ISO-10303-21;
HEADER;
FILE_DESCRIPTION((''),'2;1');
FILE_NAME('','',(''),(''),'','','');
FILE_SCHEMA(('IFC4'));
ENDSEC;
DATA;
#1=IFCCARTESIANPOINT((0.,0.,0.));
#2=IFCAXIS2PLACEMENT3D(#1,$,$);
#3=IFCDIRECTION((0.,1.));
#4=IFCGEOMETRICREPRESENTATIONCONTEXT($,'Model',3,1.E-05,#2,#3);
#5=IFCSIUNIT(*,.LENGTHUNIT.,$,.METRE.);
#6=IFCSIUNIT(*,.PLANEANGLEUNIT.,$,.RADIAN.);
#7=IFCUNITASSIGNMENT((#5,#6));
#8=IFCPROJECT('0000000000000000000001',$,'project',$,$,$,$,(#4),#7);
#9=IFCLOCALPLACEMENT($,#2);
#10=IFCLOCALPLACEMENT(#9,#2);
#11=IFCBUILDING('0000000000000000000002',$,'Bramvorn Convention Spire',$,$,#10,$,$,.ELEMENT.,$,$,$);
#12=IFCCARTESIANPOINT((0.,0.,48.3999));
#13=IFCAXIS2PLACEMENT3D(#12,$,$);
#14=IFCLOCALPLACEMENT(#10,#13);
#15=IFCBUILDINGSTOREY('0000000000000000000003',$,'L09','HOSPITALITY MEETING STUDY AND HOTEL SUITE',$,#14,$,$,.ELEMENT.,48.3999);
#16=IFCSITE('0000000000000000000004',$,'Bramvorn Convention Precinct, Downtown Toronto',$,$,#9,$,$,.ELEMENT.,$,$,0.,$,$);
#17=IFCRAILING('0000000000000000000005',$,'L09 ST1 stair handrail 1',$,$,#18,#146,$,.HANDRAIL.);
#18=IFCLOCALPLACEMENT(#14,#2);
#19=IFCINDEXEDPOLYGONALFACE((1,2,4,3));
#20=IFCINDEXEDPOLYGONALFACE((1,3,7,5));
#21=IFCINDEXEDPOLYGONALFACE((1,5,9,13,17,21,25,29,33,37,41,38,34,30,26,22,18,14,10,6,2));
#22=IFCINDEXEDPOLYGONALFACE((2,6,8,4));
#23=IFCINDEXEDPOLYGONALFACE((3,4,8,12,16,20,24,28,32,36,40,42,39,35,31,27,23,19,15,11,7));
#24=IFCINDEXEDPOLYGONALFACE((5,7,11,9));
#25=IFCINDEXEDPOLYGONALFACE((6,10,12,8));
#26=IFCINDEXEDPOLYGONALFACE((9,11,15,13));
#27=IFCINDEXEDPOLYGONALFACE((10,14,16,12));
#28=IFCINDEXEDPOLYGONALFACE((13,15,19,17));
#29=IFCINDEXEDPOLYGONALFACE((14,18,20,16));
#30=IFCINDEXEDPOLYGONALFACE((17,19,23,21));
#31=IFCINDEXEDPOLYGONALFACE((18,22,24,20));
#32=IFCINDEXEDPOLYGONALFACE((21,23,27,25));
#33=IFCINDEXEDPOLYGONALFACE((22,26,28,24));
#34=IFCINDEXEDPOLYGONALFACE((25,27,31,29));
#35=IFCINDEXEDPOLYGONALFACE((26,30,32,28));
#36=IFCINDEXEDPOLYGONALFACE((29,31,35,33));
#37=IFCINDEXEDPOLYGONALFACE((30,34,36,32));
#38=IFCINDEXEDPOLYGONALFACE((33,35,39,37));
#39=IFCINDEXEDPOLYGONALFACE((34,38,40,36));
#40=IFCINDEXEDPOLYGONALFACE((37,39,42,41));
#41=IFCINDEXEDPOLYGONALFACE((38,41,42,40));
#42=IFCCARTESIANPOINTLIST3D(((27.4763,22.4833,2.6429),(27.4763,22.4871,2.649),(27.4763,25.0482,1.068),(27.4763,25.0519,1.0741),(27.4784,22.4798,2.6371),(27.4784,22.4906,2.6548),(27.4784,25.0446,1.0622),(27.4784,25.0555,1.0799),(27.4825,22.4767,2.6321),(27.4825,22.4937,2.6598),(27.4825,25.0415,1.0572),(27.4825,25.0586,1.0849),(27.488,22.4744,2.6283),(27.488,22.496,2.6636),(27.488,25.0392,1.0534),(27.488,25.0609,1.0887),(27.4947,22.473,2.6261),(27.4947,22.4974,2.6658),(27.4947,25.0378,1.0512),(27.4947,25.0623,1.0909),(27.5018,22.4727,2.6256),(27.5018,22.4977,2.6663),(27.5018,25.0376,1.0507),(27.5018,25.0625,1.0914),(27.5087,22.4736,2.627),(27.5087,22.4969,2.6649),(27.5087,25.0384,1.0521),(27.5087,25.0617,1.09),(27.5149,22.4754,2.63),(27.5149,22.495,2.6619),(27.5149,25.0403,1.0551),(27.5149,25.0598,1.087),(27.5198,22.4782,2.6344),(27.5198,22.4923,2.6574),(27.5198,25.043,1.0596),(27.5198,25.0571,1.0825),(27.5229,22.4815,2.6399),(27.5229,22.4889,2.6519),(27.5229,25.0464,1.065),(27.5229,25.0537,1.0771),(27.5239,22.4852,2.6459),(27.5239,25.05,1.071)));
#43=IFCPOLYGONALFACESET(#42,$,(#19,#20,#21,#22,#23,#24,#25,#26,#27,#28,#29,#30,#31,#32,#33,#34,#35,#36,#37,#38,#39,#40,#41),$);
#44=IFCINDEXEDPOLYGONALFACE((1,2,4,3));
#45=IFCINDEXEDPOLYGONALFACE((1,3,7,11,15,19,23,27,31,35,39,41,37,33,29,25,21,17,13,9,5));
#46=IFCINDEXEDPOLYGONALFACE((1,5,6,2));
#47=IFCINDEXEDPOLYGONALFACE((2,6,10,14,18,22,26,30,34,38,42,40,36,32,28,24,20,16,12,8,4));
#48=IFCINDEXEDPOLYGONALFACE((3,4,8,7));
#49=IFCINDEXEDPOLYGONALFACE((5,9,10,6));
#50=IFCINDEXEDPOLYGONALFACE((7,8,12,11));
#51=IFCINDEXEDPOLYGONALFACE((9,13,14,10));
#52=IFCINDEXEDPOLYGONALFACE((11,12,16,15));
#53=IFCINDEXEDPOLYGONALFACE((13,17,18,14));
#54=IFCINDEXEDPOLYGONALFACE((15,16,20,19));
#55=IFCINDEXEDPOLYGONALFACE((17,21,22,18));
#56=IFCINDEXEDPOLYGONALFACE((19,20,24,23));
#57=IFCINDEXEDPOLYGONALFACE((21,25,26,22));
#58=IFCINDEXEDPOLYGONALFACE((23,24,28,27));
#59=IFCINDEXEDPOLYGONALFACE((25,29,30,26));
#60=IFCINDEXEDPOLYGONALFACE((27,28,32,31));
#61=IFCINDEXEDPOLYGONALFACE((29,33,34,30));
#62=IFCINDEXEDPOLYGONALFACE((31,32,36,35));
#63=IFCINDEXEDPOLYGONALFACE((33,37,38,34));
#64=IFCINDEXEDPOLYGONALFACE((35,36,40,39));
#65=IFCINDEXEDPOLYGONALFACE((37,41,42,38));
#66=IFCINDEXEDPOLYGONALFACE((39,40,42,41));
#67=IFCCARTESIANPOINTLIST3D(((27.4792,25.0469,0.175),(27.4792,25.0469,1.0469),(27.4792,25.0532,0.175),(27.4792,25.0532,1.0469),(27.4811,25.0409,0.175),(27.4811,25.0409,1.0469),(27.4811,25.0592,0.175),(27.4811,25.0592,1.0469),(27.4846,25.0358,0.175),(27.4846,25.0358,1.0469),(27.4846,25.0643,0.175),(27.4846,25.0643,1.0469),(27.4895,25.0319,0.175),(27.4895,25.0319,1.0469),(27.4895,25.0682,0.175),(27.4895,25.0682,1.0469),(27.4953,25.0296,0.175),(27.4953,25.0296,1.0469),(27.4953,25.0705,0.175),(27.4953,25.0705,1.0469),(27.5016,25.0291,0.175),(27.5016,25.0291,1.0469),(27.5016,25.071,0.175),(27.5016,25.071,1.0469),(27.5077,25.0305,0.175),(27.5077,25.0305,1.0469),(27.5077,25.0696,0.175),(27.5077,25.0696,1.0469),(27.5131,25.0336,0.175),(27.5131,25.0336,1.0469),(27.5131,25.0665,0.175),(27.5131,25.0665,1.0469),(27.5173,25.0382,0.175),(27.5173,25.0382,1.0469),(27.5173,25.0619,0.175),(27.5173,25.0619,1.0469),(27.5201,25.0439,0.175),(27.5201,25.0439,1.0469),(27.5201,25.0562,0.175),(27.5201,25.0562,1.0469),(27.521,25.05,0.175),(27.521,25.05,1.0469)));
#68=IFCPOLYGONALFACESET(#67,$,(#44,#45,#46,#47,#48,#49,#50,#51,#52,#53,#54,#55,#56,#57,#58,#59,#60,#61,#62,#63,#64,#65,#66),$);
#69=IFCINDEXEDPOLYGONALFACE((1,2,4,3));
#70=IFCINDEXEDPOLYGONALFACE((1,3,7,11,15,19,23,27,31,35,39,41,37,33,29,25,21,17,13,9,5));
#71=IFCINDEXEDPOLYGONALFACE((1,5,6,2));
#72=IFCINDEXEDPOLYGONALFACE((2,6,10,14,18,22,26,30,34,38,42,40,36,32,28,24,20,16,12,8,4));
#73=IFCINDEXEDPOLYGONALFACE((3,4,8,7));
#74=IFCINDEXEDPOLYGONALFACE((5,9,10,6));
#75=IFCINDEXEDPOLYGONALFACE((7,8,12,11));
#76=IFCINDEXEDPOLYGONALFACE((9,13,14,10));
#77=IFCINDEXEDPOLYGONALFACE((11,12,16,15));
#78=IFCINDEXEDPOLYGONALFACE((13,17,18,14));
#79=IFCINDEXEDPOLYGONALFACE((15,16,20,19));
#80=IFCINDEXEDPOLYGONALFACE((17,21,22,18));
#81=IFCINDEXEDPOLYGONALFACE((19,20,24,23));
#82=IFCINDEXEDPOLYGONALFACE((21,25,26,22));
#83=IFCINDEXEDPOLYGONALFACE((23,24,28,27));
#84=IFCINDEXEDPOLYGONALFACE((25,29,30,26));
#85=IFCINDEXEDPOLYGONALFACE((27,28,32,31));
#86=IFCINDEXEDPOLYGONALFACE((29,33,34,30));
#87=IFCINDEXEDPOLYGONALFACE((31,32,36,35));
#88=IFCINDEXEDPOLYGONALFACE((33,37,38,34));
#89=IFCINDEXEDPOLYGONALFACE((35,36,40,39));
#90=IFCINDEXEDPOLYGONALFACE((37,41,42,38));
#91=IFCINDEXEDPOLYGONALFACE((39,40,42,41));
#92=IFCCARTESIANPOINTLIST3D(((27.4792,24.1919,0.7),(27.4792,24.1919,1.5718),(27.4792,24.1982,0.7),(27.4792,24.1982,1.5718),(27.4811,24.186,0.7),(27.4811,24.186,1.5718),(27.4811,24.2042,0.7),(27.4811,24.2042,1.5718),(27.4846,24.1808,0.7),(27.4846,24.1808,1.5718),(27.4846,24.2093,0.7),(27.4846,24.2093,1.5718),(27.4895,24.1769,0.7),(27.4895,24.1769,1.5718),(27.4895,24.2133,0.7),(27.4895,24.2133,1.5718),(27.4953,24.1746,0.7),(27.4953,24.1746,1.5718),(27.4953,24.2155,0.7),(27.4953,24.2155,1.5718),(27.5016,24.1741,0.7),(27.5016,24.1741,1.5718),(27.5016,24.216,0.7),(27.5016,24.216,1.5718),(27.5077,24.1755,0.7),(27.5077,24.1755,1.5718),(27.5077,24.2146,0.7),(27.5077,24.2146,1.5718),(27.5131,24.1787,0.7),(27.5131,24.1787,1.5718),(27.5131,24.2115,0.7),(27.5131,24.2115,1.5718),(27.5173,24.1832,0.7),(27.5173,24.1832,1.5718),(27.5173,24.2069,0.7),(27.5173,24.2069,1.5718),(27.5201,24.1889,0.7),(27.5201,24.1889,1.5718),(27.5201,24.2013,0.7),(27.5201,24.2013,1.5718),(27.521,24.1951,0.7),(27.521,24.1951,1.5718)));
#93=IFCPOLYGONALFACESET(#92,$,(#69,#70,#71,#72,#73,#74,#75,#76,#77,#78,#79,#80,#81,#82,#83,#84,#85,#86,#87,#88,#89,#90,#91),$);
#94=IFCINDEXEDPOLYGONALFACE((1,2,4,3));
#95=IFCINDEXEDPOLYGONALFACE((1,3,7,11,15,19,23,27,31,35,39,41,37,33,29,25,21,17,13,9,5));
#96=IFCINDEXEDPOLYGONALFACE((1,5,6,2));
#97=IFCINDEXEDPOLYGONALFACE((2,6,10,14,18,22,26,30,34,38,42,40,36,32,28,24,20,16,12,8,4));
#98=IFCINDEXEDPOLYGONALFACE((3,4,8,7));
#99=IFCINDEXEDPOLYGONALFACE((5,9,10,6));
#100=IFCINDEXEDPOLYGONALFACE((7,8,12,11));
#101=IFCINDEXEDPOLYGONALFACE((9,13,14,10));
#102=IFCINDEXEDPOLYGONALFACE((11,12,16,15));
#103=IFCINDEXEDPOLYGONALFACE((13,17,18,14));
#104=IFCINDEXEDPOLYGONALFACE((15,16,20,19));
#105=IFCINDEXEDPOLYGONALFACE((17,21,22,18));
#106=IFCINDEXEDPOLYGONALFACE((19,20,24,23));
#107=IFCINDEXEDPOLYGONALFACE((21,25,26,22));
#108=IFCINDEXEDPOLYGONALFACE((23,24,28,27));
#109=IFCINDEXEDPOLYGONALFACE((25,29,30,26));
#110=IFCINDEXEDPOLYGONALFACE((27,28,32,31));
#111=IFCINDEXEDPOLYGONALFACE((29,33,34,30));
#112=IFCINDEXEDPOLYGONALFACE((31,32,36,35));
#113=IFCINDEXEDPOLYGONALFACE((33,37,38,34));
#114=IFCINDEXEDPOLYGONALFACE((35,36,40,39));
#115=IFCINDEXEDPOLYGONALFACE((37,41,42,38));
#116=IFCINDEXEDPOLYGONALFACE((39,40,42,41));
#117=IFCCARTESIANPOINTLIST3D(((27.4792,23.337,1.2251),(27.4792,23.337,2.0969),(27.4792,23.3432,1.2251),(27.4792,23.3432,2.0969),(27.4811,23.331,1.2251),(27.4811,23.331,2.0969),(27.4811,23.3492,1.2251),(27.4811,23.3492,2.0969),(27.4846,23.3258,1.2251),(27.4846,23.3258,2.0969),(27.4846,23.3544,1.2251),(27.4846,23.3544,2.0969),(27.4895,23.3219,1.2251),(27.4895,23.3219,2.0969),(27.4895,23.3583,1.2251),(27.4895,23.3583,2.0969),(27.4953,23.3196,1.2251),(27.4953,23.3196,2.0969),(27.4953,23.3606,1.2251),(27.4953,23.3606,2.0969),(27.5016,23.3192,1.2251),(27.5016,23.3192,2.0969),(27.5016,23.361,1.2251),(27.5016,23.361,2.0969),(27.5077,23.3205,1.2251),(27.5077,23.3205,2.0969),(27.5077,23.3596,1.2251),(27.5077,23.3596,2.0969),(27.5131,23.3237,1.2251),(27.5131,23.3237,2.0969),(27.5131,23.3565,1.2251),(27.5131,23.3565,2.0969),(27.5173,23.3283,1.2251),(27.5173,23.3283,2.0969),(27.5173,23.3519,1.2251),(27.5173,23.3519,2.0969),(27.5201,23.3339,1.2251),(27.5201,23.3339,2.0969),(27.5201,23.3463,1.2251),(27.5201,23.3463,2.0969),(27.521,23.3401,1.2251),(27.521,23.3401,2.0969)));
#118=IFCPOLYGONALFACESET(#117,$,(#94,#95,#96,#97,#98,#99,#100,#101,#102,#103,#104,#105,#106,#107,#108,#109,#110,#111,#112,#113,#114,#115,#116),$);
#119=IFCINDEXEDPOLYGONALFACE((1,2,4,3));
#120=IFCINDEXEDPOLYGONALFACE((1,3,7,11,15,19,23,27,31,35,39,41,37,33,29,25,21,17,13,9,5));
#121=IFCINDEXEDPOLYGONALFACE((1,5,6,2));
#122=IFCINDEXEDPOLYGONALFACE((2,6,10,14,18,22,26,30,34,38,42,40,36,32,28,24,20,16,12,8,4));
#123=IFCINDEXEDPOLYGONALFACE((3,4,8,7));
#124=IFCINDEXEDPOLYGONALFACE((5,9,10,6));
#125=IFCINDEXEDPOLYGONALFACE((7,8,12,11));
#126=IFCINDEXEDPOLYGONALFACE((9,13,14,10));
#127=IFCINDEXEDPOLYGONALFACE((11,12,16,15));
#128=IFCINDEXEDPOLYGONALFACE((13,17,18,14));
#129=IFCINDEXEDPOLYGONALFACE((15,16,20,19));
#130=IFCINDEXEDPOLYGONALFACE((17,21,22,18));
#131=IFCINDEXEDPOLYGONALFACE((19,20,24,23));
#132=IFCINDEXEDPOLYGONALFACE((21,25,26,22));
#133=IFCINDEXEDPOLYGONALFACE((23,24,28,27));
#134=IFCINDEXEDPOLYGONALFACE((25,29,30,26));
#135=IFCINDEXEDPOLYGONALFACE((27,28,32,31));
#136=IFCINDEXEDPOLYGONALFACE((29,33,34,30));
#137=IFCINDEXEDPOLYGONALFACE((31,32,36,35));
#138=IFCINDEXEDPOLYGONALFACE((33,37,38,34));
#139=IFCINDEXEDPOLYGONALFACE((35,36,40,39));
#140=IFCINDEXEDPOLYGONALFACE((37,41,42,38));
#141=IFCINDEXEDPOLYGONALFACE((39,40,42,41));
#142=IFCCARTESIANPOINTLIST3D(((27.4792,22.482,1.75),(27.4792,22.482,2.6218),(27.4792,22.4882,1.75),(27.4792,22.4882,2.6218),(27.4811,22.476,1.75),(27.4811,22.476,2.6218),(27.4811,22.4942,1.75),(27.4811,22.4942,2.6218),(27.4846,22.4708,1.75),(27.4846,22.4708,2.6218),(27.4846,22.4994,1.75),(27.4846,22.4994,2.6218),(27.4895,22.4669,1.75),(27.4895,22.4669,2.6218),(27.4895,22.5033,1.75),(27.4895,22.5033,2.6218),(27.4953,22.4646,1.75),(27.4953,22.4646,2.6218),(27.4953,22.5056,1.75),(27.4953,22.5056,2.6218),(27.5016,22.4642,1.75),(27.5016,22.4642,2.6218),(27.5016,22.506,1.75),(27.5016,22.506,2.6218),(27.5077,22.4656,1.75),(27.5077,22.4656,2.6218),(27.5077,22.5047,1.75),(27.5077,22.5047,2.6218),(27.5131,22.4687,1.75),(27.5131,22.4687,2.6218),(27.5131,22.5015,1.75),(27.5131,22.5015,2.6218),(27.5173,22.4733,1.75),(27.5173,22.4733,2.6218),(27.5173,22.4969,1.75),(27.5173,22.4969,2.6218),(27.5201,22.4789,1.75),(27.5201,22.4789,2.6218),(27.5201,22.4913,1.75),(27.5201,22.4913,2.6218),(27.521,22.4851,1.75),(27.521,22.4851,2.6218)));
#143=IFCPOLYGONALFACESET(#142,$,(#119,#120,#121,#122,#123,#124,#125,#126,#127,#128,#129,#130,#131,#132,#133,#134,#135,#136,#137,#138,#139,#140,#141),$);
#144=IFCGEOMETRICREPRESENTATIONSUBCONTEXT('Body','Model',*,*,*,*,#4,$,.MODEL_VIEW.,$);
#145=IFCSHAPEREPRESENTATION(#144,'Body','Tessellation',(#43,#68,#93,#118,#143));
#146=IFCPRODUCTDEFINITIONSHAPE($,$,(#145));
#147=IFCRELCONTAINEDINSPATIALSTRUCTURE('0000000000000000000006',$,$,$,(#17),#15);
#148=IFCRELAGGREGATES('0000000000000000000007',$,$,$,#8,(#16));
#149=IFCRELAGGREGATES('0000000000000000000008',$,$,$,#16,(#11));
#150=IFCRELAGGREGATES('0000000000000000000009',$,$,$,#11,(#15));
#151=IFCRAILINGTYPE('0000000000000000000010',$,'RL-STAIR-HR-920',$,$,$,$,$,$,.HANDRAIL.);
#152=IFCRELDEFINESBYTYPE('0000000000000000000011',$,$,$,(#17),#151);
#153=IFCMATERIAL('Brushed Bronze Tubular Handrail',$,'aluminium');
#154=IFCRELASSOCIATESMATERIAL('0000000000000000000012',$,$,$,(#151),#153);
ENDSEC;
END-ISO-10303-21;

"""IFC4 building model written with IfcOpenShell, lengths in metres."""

from ifc_helpers import new_model, si_unit, direction, frame, origin, origin_2d, place, context, subcontext, project, spatial, circle, extrude, material, type_object, element, save


model = new_model("IFC4")

# Units and contexts
model_context = context("Model", 3, precision=1e-05, world=origin(), true_north=direction((0.0, 1.0)))
body_context = subcontext(model_context, "Body", "Model", "MODEL_VIEW")
ifc_project = project(units=[si_unit("LENGTHUNIT", "METRE"), si_unit("PLANEANGLEUNIT", "RADIAN")], contexts=[model_context])

# Site, building, storey
site_placement = place(None, origin())
site = spatial("IfcSite", under=ifc_project, at=site_placement, Name="Bramvorn Convention Precinct, Downtown Toronto", CompositionType="ELEMENT", RefElevation=0.0)
building_placement = place(site_placement, origin())
building = spatial("IfcBuilding", under=site, at=building_placement, Name="Bramvorn Convention Spire", CompositionType="ELEMENT")
storey_placement = place(building_placement, frame((0.0, 0.0, 48.3999)))
storey = spatial("IfcBuildingStorey", under=building, at=storey_placement, Name="L09", Description="HOSPITALITY MEETING STUDY AND HOTEL SUITE", CompositionType="ELEMENT", Elevation=48.3999)

# Railing
ifc_material_1 = material(Name="Brushed Bronze Tubular Handrail", Category="aluminium")
railing_type_1 = type_object("IfcRailingType", Name="RL-STAIR-HR-920", PredefinedType="HANDRAIL", material=ifc_material_1)
railing_1_placement = place(storey_placement, frame((27.5, 25.05, 0.175)))
element("IfcRailing", 1, at=railing_1_placement, inside=storey, type_object=railing_type_1, Name="L09 ST1 stair handrail 1", PredefinedType="HANDRAIL", context=body_context, shape_type="SweptSolid", body=[
    extrude(circle(Radius=0.0239, at=origin_2d()), frame((0.0, 0.0, 0.896), z_axis=(0.0, -0.852173, 0.52326), x_axis=(1.0, 0.0, 0.0)), (0.0, 0.0, 1.0), 3.0098),
    extrude(circle(Radius=0.021, at=origin_2d()), origin(), (0.0, 0.0, 1.0), 0.8718),
    extrude(circle(Radius=0.021, at=origin_2d()), frame((0.0, -0.855, 0.5249)), (0.0, 0.0, 1.0), 0.8718),
    extrude(circle(Radius=0.021, at=origin_2d()), frame((0.0, -1.71, 1.05)), (0.0, 0.0, 1.0), 0.8718),
    extrude(circle(Radius=0.021, at=origin_2d()), frame((0.0, -2.5649, 1.575)), (0.0, 0.0, 1.0), 0.8718),
])

save(model, "model.ifc")
